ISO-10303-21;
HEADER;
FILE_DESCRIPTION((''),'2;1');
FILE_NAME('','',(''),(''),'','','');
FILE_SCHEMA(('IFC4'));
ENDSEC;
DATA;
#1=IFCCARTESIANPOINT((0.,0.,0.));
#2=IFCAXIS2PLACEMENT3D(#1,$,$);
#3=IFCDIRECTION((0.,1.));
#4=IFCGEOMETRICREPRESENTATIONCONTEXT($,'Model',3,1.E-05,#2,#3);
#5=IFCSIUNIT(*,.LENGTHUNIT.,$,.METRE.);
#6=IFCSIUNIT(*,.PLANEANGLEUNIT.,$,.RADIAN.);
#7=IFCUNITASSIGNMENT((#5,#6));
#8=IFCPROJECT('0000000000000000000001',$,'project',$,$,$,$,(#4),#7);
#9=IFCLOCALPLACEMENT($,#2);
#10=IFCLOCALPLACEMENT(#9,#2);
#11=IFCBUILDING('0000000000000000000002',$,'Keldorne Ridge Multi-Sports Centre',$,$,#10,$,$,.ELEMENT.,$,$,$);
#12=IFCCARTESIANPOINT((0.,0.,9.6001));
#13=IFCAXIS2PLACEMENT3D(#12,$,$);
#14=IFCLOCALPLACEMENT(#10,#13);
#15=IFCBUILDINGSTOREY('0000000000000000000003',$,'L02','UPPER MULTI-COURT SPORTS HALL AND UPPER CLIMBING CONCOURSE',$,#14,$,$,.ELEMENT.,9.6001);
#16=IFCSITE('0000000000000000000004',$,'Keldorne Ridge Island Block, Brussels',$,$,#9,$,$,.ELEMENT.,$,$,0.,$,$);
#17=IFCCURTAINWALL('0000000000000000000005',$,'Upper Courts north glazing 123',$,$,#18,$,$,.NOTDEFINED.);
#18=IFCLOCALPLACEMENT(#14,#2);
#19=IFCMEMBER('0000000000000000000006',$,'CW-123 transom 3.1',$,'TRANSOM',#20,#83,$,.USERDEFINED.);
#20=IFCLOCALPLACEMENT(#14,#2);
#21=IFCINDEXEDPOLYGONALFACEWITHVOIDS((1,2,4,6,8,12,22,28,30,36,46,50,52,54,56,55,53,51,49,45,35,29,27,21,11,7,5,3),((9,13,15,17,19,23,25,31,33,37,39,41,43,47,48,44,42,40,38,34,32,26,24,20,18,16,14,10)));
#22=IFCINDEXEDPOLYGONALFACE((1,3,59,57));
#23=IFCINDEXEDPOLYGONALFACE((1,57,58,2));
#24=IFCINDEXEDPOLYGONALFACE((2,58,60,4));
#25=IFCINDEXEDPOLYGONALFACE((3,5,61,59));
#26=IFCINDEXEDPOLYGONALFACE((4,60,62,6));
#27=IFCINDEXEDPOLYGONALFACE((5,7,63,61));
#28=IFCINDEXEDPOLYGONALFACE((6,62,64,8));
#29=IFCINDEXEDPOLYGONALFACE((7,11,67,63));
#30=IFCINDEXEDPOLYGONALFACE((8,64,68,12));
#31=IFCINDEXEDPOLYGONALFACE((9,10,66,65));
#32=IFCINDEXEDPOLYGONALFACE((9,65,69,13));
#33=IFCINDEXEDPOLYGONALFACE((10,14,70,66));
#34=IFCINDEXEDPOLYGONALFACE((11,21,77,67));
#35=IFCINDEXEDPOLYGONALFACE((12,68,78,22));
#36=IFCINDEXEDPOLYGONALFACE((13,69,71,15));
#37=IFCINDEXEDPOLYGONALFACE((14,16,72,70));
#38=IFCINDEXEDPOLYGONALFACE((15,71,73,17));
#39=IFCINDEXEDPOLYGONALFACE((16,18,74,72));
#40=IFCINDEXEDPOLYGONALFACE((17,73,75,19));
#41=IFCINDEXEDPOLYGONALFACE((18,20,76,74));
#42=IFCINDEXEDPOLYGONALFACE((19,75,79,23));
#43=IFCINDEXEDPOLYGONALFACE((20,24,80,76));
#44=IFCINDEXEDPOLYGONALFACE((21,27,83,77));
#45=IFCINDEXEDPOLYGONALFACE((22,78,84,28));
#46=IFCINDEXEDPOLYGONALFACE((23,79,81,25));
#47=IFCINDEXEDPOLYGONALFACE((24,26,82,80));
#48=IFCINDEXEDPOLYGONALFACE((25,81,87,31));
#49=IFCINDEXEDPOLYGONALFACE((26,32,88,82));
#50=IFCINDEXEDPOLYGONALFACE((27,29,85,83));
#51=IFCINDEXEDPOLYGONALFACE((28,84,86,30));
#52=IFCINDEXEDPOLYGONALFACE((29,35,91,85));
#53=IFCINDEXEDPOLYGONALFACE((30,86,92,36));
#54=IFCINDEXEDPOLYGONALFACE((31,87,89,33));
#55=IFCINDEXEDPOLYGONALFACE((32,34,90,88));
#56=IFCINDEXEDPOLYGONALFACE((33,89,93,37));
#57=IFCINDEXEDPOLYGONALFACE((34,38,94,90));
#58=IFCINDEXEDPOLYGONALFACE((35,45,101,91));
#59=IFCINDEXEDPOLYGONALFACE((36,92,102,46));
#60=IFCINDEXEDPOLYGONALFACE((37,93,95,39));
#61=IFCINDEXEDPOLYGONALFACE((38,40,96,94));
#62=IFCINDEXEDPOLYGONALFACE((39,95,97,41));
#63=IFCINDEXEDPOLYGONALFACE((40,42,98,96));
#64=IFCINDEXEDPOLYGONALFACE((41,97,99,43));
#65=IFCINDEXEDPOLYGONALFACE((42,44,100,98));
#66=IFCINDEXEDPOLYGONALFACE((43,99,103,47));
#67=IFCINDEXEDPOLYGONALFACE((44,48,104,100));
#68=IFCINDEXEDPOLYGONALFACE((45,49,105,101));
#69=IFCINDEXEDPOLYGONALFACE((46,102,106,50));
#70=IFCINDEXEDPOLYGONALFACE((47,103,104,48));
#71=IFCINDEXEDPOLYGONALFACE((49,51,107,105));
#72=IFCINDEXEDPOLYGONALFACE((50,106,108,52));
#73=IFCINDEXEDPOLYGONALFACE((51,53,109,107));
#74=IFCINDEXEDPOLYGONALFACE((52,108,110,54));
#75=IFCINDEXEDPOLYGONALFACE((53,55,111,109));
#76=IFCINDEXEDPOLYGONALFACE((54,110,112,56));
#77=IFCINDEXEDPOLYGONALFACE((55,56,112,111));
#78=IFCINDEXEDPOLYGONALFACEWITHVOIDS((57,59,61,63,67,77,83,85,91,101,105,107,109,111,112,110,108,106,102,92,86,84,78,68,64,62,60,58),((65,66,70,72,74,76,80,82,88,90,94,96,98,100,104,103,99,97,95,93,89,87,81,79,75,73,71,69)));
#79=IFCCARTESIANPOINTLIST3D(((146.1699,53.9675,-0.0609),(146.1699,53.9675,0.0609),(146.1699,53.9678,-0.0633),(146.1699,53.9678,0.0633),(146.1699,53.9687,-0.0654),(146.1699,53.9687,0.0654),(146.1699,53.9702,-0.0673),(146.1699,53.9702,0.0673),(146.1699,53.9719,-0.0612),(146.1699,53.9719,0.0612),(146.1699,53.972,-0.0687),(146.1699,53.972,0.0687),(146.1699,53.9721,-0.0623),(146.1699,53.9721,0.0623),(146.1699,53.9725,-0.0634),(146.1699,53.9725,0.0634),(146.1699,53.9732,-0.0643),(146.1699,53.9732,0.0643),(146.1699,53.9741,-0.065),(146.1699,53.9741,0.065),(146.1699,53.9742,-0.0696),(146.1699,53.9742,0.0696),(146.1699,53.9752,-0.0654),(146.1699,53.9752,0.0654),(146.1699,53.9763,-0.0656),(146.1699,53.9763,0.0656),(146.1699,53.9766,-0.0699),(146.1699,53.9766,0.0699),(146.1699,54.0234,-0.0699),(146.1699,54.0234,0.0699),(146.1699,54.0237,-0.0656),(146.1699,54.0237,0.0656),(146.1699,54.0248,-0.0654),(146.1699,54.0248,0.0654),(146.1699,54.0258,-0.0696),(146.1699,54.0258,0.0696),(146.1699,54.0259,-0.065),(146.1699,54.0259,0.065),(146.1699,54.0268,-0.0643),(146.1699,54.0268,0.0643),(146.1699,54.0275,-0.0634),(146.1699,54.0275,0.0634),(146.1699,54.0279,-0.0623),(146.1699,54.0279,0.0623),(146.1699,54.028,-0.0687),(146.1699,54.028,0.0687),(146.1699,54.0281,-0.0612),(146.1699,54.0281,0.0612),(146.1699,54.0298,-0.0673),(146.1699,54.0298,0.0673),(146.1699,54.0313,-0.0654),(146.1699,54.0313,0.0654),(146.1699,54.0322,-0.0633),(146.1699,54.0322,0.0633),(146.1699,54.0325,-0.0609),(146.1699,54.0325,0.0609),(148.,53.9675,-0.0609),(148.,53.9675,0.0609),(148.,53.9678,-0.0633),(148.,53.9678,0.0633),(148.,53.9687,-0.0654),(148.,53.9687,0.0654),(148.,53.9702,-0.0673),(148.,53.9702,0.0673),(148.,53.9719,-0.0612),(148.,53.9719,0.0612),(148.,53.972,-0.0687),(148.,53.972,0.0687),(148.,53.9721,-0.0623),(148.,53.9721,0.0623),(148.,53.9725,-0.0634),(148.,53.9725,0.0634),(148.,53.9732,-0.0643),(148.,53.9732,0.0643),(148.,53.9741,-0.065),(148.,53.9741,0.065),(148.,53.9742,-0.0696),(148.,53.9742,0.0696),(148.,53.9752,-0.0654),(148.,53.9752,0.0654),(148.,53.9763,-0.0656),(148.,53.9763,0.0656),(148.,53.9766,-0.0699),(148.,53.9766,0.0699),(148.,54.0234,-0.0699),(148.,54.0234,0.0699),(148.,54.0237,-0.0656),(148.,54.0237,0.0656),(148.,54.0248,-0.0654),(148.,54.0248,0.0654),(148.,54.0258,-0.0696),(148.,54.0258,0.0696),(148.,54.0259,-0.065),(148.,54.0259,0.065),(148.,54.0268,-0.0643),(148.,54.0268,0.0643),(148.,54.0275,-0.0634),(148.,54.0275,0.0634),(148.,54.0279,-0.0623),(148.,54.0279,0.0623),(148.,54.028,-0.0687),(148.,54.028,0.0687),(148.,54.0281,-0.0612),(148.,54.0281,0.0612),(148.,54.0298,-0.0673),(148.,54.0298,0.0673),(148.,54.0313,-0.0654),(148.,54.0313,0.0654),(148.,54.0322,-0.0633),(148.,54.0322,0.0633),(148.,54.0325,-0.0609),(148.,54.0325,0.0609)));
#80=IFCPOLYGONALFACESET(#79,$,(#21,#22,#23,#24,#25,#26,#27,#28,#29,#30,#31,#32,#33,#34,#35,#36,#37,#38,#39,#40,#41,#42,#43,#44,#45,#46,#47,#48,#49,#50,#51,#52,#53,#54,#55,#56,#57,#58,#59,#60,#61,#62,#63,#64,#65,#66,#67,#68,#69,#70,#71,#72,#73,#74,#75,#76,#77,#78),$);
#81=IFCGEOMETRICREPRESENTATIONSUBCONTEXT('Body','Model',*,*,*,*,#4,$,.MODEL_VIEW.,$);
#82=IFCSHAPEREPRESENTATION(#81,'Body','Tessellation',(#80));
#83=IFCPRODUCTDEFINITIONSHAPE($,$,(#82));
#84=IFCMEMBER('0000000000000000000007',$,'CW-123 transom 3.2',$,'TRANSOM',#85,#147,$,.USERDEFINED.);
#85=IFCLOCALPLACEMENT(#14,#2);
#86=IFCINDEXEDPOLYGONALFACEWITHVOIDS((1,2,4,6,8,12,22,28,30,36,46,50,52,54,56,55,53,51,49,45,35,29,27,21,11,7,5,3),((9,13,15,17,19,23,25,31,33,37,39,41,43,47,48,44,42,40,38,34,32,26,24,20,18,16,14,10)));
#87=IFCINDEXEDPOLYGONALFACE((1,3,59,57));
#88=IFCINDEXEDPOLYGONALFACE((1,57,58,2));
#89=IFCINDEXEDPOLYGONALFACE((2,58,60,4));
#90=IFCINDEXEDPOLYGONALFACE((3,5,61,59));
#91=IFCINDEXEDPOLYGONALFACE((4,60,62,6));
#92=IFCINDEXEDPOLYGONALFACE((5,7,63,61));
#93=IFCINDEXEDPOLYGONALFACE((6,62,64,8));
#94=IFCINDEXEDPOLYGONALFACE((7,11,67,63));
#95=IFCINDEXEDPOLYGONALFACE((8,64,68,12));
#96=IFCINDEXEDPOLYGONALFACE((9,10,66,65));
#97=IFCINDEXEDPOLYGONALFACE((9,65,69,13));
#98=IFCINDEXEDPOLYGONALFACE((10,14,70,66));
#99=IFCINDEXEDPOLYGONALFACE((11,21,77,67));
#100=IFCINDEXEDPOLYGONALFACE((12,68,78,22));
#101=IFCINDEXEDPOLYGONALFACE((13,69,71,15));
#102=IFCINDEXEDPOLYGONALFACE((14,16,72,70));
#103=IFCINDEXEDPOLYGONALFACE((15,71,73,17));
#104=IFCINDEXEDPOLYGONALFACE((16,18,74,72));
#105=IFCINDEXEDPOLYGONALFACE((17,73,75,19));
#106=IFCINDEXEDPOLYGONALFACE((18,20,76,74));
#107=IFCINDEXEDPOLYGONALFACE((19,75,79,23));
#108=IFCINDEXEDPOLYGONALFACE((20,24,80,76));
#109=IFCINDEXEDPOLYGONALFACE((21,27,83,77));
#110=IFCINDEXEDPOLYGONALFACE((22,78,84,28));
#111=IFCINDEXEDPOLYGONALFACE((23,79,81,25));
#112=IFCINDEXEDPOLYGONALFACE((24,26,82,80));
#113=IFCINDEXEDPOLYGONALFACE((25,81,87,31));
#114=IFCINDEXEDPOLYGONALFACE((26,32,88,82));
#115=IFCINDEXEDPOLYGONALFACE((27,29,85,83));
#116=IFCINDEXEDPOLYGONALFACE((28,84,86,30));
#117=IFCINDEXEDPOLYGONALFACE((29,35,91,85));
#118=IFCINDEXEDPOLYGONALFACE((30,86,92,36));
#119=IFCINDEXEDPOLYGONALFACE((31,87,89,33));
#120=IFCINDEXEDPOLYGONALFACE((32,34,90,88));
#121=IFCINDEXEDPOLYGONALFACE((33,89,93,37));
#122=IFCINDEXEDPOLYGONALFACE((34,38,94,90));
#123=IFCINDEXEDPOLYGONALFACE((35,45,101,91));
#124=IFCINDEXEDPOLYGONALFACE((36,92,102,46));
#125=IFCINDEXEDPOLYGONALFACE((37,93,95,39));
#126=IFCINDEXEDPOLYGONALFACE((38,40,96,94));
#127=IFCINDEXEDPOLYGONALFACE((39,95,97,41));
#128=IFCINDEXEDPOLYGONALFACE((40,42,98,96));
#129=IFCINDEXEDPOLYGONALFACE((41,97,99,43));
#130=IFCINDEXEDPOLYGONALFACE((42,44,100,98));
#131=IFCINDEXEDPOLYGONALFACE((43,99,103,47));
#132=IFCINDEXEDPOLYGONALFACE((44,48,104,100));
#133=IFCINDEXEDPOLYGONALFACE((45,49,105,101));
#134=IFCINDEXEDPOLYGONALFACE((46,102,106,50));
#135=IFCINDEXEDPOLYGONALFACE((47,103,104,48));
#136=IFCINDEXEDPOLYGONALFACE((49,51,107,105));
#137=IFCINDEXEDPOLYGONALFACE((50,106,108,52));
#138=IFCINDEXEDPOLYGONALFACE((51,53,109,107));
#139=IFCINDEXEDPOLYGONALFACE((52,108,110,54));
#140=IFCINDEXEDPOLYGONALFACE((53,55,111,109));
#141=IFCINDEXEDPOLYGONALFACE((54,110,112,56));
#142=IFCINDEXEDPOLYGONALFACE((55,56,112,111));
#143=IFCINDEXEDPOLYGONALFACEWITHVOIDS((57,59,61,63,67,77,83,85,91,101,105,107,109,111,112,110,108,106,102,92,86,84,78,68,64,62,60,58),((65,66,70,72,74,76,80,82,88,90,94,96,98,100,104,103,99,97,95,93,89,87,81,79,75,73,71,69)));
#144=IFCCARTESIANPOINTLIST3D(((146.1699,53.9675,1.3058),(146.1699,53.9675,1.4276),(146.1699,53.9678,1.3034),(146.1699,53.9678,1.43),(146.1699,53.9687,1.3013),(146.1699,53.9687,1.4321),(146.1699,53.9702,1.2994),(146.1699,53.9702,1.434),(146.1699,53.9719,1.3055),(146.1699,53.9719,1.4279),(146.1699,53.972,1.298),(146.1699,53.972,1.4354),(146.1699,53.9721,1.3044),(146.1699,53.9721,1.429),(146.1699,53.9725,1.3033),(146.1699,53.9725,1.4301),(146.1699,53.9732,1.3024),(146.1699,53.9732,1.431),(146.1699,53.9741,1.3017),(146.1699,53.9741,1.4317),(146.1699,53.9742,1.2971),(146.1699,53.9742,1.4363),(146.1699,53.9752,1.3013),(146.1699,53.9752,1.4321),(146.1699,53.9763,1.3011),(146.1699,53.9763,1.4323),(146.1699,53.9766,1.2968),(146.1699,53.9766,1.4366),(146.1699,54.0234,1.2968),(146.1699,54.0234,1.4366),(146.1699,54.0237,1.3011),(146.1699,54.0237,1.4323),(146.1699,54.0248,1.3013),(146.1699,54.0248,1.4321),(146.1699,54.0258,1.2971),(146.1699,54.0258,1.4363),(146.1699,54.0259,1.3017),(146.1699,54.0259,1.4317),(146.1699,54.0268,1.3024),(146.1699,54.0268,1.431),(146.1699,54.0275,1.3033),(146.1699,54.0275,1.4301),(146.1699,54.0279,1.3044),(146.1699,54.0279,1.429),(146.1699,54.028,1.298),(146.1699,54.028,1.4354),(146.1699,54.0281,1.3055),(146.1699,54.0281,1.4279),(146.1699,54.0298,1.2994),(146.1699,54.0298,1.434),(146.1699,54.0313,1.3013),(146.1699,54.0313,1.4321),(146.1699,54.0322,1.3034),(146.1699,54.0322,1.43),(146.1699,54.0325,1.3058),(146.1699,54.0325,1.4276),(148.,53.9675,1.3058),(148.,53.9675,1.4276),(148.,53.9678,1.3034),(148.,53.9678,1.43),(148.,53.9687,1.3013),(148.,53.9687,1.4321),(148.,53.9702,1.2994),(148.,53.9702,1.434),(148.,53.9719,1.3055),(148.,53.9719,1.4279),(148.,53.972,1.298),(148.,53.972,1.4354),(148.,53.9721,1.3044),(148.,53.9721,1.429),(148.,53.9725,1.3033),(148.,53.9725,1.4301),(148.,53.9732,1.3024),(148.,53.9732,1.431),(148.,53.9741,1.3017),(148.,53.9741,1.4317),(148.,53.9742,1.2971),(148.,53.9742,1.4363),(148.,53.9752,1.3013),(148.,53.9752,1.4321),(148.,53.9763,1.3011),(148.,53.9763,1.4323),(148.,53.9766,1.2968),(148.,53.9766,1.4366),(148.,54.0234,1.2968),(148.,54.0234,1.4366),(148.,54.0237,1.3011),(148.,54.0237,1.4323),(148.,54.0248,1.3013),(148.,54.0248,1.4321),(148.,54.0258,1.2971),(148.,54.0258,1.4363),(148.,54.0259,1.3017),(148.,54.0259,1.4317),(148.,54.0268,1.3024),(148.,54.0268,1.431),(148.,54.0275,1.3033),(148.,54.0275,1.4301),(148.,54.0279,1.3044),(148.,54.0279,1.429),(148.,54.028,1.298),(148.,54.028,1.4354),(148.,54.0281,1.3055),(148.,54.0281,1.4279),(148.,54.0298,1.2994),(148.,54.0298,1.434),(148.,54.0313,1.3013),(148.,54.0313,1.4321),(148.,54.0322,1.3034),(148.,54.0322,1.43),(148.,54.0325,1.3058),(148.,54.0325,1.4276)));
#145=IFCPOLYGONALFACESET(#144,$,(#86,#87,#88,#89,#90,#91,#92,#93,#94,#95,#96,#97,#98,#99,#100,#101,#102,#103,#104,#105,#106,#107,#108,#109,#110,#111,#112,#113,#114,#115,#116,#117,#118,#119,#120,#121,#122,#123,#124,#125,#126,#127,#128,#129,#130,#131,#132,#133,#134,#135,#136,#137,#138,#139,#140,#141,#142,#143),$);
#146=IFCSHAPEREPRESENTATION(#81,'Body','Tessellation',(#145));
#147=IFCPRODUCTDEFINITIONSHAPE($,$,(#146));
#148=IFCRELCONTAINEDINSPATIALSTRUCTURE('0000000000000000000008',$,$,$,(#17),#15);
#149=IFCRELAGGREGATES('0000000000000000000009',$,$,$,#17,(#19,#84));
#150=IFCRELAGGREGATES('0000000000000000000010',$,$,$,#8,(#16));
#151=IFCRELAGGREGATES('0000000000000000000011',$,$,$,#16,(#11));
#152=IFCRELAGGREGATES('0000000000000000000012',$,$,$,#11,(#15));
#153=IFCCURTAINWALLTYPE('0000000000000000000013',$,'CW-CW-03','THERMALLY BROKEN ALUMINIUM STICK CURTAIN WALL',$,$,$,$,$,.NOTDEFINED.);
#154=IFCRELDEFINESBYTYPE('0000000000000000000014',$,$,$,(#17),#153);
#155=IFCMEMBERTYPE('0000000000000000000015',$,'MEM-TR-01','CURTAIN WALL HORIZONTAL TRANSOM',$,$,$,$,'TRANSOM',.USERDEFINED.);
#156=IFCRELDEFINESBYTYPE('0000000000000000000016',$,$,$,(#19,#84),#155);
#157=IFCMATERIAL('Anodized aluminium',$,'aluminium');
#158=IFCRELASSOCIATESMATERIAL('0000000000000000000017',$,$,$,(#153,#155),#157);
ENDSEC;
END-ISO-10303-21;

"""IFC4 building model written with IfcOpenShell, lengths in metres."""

from ifc_helpers import new_model, si_unit, direction, frame, origin, origin_2d, place, context, subcontext, project, spatial, hollow_rectangle, extrude, material, material_profile, profile_set, type_object, element, aggregate, save


model = new_model("IFC4")

# Units and contexts
model_context = context("Model", 3, precision=1e-05, world=origin(), true_north=direction((0.0, 1.0)))
body_context = subcontext(model_context, "Body", "Model", "MODEL_VIEW")
ifc_project = project(units=[si_unit("LENGTHUNIT", "METRE"), si_unit("PLANEANGLEUNIT", "RADIAN")], contexts=[model_context])

# Site, building, storey
site_placement = place(None, origin())
site = spatial("IfcSite", under=ifc_project, at=site_placement, Name="Keldorne Ridge Island Block, Brussels", CompositionType="ELEMENT", RefElevation=0.0)
building_placement = place(site_placement, origin())
building = spatial("IfcBuilding", under=site, at=building_placement, Name="Keldorne Ridge Multi-Sports Centre", CompositionType="ELEMENT")
storey_placement = place(building_placement, frame((0.0, 0.0, 9.6001)))
storey = spatial("IfcBuildingStorey", under=building, at=storey_placement, Name="L02", Description="UPPER MULTI-COURT SPORTS HALL AND UPPER CLIMBING CONCOURSE", CompositionType="ELEMENT", Elevation=9.6001)

# Curtain wall, members
ifc_material_1 = material(Name="Anodized aluminium", Category="aluminium")
curtain_wall_type = type_object("IfcCurtainWallType", Name="CW-CW-03", Description="THERMALLY BROKEN ALUMINIUM STICK CURTAIN WALL", PredefinedType="NOTDEFINED", material=ifc_material_1)
curtain_wall_placement = place(storey_placement, origin())
curtain_wall = element("IfcCurtainWall", 1, at=curtain_wall_placement, inside=storey, type_object=curtain_wall_type, Name="Upper Courts north glazing 123", PredefinedType="NOTDEFINED")
ifc_material_profile_1 = material_profile(ifc_material_1, hollow_rectangle(XDim=0.0649, YDim=0.1399, WallThickness=0.0044, InnerFilletRadius=0.0044, OuterFilletRadius=0.009, at=origin_2d()), Name="ALU TRANSOM 140x65x4.5")
ifc_profile_set_1 = profile_set([ifc_material_profile_1], Name="Anodized aluminium")
member_type_1 = type_object("IfcMemberType", Name="MEM-TR-01", Description="CURTAIN WALL HORIZONTAL TRANSOM", ElementType="TRANSOM", PredefinedType="USERDEFINED", material=ifc_profile_set_1)
member_1_placement = place(storey_placement, frame((148.0, 54.0, 0.0), z_axis=(-1.0, 0.0, 0.0), x_axis=(0.0, -1.0, 0.0)))
member_1 = element("IfcMember", 2, at=member_1_placement, type_object=member_type_1, Name="CW-123 transom 3.1", ObjectType="TRANSOM", PredefinedType="USERDEFINED", context=body_context, shape_type="SweptSolid", body=[
    extrude(hollow_rectangle(XDim=0.0649, YDim=0.1399, WallThickness=0.0044, InnerFilletRadius=0.0044, OuterFilletRadius=0.009, at=origin_2d()), origin(), (0.0, 0.0, 1.0), 1.8301),
])
member_2_placement = place(storey_placement, frame((148.0, 54.0, 1.3667), z_axis=(-1.0, 0.0, 0.0), x_axis=(0.0, -1.0, 0.0)))
member_2 = element("IfcMember", 3, at=member_2_placement, type_object=member_type_1, Name="CW-123 transom 3.2", ObjectType="TRANSOM", PredefinedType="USERDEFINED", context=body_context, shape_type="SweptSolid", body=[
    extrude(hollow_rectangle(XDim=0.0649, YDim=0.1399, WallThickness=0.0044, InnerFilletRadius=0.0044, OuterFilletRadius=0.009, at=origin_2d()), origin(), (0.0, 0.0, 1.0), 1.8301),
])
aggregate(curtain_wall, [member_1, member_2])

save(model, "model.ifc")
